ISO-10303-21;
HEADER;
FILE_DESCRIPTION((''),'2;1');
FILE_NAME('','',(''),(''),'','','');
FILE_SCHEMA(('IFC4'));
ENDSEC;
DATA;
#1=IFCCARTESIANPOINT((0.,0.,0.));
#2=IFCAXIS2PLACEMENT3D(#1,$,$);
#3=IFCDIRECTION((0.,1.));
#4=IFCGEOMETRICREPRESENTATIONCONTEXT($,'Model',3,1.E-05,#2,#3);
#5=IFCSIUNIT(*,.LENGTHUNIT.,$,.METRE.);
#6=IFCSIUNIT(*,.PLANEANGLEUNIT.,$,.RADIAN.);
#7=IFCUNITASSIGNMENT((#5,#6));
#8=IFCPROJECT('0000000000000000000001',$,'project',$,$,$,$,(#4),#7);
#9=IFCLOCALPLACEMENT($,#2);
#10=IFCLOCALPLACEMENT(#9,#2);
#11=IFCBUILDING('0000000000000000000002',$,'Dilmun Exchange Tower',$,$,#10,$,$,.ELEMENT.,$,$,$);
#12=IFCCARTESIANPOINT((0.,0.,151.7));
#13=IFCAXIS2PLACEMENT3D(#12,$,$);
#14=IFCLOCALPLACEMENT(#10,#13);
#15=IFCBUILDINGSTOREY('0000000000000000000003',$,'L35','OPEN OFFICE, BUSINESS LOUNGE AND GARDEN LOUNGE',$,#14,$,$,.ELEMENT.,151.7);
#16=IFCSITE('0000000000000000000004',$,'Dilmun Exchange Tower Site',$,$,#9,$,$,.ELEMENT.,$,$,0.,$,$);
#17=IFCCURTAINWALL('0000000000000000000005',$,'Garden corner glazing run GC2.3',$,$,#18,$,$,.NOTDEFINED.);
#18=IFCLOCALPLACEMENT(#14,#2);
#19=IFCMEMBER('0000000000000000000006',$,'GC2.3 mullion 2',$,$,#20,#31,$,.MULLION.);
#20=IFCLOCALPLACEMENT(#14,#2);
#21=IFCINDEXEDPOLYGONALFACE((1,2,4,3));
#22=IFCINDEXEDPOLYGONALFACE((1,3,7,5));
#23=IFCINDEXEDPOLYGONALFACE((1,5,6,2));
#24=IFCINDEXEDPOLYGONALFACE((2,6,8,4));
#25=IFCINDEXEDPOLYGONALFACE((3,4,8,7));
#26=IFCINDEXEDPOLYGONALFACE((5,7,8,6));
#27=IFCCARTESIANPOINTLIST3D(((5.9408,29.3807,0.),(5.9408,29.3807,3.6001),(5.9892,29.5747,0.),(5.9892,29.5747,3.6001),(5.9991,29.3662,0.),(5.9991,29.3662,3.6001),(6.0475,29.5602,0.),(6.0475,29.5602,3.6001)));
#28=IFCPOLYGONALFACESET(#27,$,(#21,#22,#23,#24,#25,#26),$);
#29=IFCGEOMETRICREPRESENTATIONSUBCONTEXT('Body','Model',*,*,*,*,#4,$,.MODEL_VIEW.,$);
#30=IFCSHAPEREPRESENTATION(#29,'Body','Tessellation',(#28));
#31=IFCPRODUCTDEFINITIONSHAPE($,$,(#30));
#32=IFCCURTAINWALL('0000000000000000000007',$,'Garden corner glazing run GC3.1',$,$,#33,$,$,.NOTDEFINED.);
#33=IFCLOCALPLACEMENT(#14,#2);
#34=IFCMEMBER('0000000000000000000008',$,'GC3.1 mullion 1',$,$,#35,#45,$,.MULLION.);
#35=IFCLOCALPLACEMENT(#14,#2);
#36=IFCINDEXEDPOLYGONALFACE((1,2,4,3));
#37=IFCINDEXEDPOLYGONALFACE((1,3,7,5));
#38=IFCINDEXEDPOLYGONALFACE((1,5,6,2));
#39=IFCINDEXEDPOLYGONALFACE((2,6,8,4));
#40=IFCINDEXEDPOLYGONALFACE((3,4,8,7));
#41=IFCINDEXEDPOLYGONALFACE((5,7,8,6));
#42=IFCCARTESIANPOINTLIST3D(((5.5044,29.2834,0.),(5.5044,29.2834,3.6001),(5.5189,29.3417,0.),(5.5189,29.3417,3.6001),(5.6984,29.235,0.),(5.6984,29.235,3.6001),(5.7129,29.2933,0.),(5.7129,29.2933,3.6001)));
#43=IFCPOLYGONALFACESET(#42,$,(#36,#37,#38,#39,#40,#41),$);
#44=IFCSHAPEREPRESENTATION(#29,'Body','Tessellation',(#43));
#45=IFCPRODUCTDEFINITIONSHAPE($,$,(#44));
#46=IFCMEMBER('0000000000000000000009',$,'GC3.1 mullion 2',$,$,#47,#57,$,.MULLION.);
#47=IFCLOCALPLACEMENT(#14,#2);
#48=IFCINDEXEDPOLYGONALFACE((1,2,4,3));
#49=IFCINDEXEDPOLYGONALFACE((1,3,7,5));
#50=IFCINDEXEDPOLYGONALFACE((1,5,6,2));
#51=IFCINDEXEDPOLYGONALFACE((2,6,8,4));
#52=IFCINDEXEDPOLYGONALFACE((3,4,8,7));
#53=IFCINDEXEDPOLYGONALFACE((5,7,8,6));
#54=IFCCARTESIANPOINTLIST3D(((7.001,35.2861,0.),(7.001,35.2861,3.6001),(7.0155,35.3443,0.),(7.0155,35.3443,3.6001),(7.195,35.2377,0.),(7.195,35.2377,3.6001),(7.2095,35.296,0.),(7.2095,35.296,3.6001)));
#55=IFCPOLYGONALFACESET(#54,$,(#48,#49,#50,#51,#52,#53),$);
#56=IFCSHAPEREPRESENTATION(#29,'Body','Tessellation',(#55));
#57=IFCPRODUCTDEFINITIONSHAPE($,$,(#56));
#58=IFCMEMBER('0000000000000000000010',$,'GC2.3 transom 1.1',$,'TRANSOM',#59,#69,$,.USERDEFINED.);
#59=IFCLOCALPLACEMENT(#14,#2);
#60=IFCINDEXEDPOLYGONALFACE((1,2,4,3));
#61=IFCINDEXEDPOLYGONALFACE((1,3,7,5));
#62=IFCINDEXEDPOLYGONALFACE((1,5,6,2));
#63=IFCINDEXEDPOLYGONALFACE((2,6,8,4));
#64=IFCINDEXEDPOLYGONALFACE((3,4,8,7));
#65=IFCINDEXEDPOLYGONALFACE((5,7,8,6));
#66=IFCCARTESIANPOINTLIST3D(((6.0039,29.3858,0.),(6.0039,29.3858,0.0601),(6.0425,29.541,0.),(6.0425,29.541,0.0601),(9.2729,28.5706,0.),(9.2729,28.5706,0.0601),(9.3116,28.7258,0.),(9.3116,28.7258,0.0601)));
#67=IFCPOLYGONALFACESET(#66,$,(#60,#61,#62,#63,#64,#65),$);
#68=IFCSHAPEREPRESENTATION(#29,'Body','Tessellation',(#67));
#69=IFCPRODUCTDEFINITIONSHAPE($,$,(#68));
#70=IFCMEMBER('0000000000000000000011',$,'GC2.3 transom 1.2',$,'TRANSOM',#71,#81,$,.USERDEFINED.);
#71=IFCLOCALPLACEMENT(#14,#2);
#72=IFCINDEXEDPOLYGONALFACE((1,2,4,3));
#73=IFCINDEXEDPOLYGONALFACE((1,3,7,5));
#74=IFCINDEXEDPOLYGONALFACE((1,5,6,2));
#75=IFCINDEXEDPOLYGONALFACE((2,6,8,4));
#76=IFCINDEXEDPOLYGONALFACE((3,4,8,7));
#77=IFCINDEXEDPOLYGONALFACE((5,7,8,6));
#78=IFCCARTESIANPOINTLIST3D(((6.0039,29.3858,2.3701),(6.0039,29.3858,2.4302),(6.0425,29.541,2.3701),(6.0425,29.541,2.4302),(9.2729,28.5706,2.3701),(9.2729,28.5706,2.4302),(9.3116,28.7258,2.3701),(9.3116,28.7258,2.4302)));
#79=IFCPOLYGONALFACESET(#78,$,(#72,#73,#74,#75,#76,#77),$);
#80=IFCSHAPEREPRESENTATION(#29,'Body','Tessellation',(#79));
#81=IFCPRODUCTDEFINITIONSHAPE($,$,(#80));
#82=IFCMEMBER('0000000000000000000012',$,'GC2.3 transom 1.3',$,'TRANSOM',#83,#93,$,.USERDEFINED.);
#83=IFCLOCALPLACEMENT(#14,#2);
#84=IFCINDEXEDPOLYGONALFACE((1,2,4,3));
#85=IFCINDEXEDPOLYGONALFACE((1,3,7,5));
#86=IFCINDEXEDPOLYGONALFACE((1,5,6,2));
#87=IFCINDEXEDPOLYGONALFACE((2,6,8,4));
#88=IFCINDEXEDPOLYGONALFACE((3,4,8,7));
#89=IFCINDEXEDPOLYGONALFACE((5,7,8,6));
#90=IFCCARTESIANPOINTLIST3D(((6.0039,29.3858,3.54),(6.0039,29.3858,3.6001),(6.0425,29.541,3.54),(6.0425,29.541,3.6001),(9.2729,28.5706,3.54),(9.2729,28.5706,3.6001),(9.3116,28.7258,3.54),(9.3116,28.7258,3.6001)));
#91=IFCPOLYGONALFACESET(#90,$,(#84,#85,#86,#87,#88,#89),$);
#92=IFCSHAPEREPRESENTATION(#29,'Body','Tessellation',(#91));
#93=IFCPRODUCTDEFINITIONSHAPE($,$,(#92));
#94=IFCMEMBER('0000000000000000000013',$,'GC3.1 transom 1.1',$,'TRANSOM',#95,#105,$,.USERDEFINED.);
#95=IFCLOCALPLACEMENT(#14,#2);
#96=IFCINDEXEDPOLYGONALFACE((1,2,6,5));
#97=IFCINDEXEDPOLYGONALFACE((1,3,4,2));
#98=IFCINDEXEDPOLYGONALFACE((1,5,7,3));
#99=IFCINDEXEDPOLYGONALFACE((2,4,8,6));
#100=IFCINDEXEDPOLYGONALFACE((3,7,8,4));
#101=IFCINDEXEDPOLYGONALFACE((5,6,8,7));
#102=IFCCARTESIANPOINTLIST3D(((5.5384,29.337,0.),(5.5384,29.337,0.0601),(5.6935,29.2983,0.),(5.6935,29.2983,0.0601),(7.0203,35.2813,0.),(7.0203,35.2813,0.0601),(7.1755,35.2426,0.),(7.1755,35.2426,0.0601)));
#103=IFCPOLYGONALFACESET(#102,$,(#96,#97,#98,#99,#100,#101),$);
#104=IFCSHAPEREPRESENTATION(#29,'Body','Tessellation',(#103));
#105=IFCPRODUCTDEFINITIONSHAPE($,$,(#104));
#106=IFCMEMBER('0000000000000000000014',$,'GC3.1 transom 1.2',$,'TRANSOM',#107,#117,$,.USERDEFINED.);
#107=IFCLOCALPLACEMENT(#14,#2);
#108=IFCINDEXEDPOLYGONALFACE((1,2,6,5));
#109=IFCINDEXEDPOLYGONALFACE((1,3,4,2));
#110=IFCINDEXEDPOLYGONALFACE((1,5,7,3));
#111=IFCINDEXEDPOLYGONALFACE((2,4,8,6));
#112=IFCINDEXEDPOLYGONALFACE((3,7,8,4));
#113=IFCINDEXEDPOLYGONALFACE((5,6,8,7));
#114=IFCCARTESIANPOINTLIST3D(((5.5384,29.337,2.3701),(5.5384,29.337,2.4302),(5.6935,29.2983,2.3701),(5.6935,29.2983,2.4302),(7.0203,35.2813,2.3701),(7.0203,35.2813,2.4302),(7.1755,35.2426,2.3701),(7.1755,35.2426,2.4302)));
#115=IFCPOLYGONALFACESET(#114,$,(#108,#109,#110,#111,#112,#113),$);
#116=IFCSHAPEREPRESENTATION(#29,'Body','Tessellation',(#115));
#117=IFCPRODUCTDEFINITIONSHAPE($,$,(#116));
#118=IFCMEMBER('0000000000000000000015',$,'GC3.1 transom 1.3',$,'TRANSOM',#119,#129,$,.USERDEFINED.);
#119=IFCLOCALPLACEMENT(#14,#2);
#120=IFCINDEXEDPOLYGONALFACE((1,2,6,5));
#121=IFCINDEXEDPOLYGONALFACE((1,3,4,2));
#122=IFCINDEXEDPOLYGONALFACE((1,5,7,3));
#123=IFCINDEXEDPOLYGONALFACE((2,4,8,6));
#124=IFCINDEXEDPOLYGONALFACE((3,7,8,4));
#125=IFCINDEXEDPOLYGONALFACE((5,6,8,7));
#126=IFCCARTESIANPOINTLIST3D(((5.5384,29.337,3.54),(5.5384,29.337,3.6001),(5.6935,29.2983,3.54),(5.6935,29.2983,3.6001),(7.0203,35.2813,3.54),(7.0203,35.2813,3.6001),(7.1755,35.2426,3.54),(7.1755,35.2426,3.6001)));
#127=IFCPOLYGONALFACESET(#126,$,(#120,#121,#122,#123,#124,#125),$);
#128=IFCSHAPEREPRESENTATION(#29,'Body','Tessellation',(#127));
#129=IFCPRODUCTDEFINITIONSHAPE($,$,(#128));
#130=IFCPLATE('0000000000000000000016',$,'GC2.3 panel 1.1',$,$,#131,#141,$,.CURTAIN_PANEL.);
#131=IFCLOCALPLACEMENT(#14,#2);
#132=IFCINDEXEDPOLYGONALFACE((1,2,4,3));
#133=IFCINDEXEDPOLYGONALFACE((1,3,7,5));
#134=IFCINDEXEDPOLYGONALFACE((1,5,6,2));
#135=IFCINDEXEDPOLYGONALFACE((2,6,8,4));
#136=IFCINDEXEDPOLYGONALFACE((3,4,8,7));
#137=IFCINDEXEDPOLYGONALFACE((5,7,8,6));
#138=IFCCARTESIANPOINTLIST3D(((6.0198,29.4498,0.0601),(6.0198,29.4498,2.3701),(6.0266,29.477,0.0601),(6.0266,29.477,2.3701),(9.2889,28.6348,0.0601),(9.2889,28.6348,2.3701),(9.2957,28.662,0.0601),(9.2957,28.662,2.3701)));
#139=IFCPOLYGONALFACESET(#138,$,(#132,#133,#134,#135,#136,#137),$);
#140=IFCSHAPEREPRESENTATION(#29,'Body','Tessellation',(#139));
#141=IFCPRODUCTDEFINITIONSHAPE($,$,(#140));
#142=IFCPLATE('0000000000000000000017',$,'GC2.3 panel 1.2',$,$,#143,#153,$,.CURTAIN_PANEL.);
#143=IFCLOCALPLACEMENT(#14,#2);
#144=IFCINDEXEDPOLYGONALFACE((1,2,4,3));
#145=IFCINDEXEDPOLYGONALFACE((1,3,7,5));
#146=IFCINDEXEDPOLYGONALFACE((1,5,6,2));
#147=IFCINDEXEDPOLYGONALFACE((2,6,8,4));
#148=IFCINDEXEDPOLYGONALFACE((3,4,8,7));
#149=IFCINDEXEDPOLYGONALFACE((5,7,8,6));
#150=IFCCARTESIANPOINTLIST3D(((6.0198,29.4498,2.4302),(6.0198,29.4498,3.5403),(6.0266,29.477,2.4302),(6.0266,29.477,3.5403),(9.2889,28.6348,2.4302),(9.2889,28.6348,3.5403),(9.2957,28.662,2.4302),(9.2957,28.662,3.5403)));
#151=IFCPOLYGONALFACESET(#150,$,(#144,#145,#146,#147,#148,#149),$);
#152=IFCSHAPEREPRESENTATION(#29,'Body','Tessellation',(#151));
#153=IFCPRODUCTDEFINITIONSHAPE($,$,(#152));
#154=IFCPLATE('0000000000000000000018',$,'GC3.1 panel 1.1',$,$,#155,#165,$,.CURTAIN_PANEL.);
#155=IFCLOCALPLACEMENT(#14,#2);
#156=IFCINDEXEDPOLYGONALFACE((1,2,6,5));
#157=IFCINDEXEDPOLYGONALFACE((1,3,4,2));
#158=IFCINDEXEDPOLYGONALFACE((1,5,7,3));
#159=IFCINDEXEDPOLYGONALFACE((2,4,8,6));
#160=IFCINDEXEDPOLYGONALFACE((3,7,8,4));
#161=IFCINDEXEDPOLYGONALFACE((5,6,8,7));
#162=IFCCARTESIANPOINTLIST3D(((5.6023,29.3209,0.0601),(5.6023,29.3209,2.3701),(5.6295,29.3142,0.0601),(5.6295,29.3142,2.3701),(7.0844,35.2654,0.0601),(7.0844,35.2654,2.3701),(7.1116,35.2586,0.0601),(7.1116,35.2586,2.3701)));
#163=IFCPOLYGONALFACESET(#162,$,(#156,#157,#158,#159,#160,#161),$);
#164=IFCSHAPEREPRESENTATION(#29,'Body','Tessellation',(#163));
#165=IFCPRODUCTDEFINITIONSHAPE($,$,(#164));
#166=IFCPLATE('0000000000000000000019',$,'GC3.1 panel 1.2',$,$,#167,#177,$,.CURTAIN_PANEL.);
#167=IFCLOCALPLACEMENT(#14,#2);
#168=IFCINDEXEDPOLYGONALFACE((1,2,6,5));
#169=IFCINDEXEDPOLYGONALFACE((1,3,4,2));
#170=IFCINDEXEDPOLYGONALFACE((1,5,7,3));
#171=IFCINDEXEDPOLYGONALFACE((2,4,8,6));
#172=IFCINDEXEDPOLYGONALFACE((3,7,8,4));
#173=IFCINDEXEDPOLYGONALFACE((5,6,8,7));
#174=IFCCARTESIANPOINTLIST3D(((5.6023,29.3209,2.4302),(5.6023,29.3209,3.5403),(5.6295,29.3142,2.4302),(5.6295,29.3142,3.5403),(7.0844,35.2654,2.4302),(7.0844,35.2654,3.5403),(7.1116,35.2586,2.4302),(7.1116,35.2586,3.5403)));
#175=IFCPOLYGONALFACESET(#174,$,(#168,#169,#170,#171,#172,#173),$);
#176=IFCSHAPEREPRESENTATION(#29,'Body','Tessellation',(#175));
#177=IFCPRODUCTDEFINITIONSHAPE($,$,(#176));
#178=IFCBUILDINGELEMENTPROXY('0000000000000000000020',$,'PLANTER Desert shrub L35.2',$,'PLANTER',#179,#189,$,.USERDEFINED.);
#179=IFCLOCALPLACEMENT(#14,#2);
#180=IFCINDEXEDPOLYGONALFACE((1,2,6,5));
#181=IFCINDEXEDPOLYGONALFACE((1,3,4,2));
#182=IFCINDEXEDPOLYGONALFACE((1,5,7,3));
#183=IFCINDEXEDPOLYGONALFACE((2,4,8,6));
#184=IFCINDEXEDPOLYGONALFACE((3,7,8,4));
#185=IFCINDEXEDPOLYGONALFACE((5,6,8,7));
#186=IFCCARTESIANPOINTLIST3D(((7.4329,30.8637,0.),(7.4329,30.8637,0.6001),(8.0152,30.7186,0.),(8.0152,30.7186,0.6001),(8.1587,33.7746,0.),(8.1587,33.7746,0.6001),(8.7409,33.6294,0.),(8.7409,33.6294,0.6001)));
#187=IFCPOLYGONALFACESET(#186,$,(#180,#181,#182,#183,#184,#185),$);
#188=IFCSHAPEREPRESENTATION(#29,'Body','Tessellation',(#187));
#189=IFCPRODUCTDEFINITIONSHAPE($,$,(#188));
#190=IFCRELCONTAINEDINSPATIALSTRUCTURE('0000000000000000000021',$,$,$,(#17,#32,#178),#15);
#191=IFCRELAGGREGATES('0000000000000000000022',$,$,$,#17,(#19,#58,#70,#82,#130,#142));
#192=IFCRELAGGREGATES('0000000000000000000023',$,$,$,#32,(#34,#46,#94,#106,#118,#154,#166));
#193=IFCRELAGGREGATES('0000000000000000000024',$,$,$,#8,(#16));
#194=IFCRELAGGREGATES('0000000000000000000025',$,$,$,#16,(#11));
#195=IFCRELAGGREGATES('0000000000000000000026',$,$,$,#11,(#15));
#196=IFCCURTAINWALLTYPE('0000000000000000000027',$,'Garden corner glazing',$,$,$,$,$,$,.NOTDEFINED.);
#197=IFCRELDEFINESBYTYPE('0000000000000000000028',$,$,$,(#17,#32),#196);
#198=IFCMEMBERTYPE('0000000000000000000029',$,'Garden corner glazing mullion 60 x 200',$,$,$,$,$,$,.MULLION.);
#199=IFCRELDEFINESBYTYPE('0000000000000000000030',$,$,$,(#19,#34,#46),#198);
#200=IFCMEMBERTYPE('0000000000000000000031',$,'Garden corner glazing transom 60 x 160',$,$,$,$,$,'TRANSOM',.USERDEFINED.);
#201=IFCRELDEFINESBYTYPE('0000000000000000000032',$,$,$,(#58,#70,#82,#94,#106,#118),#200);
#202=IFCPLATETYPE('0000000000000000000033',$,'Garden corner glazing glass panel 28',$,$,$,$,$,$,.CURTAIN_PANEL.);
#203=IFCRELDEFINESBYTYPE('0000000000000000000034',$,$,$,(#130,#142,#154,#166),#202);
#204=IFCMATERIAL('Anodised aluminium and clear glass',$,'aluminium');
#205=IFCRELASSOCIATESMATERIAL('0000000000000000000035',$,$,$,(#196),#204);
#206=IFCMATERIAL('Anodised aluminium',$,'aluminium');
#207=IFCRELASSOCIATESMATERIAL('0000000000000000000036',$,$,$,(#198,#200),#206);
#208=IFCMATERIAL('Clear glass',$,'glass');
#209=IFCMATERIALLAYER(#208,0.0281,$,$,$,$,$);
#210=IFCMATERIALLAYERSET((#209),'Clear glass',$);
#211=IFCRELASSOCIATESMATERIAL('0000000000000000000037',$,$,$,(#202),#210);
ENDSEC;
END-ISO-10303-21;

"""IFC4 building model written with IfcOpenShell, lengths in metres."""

from ifc_helpers import new_model, si_unit, direction, frame, origin, origin_2d, place, context, subcontext, project, spatial, rectangle, extrude, material, layer, layer_set, material_profile, profile_set, type_object, element, aggregate, save


model = new_model("IFC4")

# Units and contexts
model_context = context("Model", 3, precision=1e-05, world=origin(), true_north=direction((0.0, 1.0)))
body_context = subcontext(model_context, "Body", "Model", "MODEL_VIEW")
ifc_project = project(units=[si_unit("LENGTHUNIT", "METRE"), si_unit("PLANEANGLEUNIT", "RADIAN")], contexts=[model_context])

# Site, building, storey
site_placement = place(None, origin())
site = spatial("IfcSite", under=ifc_project, at=site_placement, Name="Dilmun Exchange Tower Site", CompositionType="ELEMENT", RefElevation=0.0)
building_placement = place(site_placement, origin())
building = spatial("IfcBuilding", under=site, at=building_placement, Name="Dilmun Exchange Tower", CompositionType="ELEMENT")
storey_placement = place(building_placement, frame((0.0, 0.0, 151.7)))
storey = spatial("IfcBuildingStorey", under=building, at=storey_placement, Name="L35", Description="OPEN OFFICE, BUSINESS LOUNGE AND GARDEN LOUNGE", CompositionType="ELEMENT", Elevation=151.7)

# Curtain wall, member
ifc_material_1 = material(Name="Anodised aluminium and clear glass", Category="aluminium")
curtain_wall_type = type_object("IfcCurtainWallType", Name="Garden corner glazing", PredefinedType="NOTDEFINED", material=ifc_material_1)
curtain_wall_1_placement = place(storey_placement, origin())
curtain_wall_1 = element("IfcCurtainWall", 1, at=curtain_wall_1_placement, inside=storey, type_object=curtain_wall_type, Name="Garden corner glazing run GC2.3", PredefinedType="NOTDEFINED")
ifc_material_2 = material(Name="Anodised aluminium", Category="aluminium")
ifc_material_profile_1 = material_profile(ifc_material_2, rectangle(XDim=0.2, YDim=0.0601, at=origin_2d()), Name="AL 60x200")
ifc_profile_set_1 = profile_set([ifc_material_profile_1], Name="Anodised aluminium")
member_type_1 = type_object("IfcMemberType", Name="Garden corner glazing mullion 60 x 200", PredefinedType="MULLION", material=ifc_profile_set_1)
member_1_placement = place(storey_placement, frame((5.9941, 29.4705, 0.0), z_axis=(0.0, 0.0, 1.0), x_axis=(-0.241895, -0.970302, 0.0)))
member_1 = element("IfcMember", 2, at=member_1_placement, type_object=member_type_1, Name="GC2.3 mullion 2", PredefinedType="MULLION", context=body_context, shape_type="SweptSolid", body=[
    extrude(rectangle(XDim=0.2, YDim=0.0601, at=origin_2d()), origin(), (0.0, 0.0, 1.0), 3.6001),
])

# Curtain wall, members
curtain_wall_2_placement = place(storey_placement, origin())
curtain_wall_2 = element("IfcCurtainWall", 3, at=curtain_wall_2_placement, inside=storey, type_object=curtain_wall_type, Name="Garden corner glazing run GC3.1", PredefinedType="NOTDEFINED")
member_2_placement = place(storey_placement, frame((5.6086, 29.2883, 0.0), z_axis=(0.0, 0.0, 1.0), x_axis=(-0.970298, 0.241914, 0.0)))
member_2 = element("IfcMember", 4, at=member_2_placement, type_object=member_type_1, Name="GC3.1 mullion 1", PredefinedType="MULLION", context=body_context, shape_type="SweptSolid", body=[
    extrude(rectangle(XDim=0.2, YDim=0.0601, at=origin_2d()), origin(), (0.0, 0.0, 1.0), 3.6001),
])
member_3_placement = place(storey_placement, frame((7.1052, 35.291, 0.0), z_axis=(0.0, 0.0, 1.0), x_axis=(-0.970298, 0.241914, 0.0)))
member_3 = element("IfcMember", 5, at=member_3_placement, type_object=member_type_1, Name="GC3.1 mullion 2", PredefinedType="MULLION", context=body_context, shape_type="SweptSolid", body=[
    extrude(rectangle(XDim=0.2, YDim=0.0601, at=origin_2d()), origin(), (0.0, 0.0, 1.0), 3.6001),
])

# Members
ifc_material_profile_2 = material_profile(ifc_material_2, rectangle(XDim=0.1599, YDim=0.0601, at=origin_2d()), Name="AL 60x160")
ifc_profile_set_2 = profile_set([ifc_material_profile_2], Name="Anodised aluminium")
member_type_2 = type_object("IfcMemberType", Name="Garden corner glazing transom 60 x 160", ElementType="TRANSOM", PredefinedType="USERDEFINED", material=ifc_profile_set_2)
member_4_placement = place(storey_placement, frame((9.2922, 28.6482, 0.03), z_axis=(-0.970287, 0.241956, 0.0), x_axis=(-0.241956, -0.970287, 0.0)))
member_4 = element("IfcMember", 6, at=member_4_placement, type_object=member_type_2, Name="GC2.3 transom 1.1", ObjectType="TRANSOM", PredefinedType="USERDEFINED", context=body_context, shape_type="SweptSolid", body=[
    extrude(rectangle(XDim=0.1599, YDim=0.0601, at=origin_2d()), origin(), (0.0, 0.0, 1.0), 3.3691),
])
member_5_placement = place(storey_placement, frame((9.2922, 28.6482, 2.4001), z_axis=(-0.970287, 0.241956, 0.0), x_axis=(-0.241956, -0.970287, 0.0)))
member_5 = element("IfcMember", 7, at=member_5_placement, type_object=member_type_2, Name="GC2.3 transom 1.2", ObjectType="TRANSOM", PredefinedType="USERDEFINED", context=body_context, shape_type="SweptSolid", body=[
    extrude(rectangle(XDim=0.1599, YDim=0.0601, at=origin_2d()), origin(), (0.0, 0.0, 1.0), 3.3691),
])
member_6_placement = place(storey_placement, frame((9.2922, 28.6482, 3.5701), z_axis=(-0.970287, 0.241956, 0.0), x_axis=(-0.241956, -0.970287, 0.0)))
member_6 = element("IfcMember", 8, at=member_6_placement, type_object=member_type_2, Name="GC2.3 transom 1.3", ObjectType="TRANSOM", PredefinedType="USERDEFINED", context=body_context, shape_type="SweptSolid", body=[
    extrude(rectangle(XDim=0.1599, YDim=0.0601, at=origin_2d()), origin(), (0.0, 0.0, 1.0), 3.3691),
])
member_7_placement = place(storey_placement, frame((5.616, 29.3176, 0.03), z_axis=(0.241898, 0.970302, 0.0), x_axis=(-0.970302, 0.241898, 0.0)))
member_7 = element("IfcMember", 9, at=member_7_placement, type_object=member_type_2, Name="GC3.1 transom 1.1", ObjectType="TRANSOM", PredefinedType="USERDEFINED", context=body_context, shape_type="SweptSolid", body=[
    extrude(rectangle(XDim=0.1599, YDim=0.0601, at=origin_2d()), origin(), (0.0, 0.0, 1.0), 6.1262),
])
member_8_placement = place(storey_placement, frame((5.616, 29.3176, 2.4001), z_axis=(0.241898, 0.970302, 0.0), x_axis=(-0.970302, 0.241898, 0.0)))
member_8 = element("IfcMember", 10, at=member_8_placement, type_object=member_type_2, Name="GC3.1 transom 1.2", ObjectType="TRANSOM", PredefinedType="USERDEFINED", context=body_context, shape_type="SweptSolid", body=[
    extrude(rectangle(XDim=0.1599, YDim=0.0601, at=origin_2d()), origin(), (0.0, 0.0, 1.0), 6.1262),
])
member_9_placement = place(storey_placement, frame((5.616, 29.3176, 3.5701), z_axis=(0.241898, 0.970302, 0.0), x_axis=(-0.970302, 0.241898, 0.0)))
member_9 = element("IfcMember", 11, at=member_9_placement, type_object=member_type_2, Name="GC3.1 transom 1.3", ObjectType="TRANSOM", PredefinedType="USERDEFINED", context=body_context, shape_type="SweptSolid", body=[
    extrude(rectangle(XDim=0.1599, YDim=0.0601, at=origin_2d()), origin(), (0.0, 0.0, 1.0), 6.1262),
])

# Plates
ifc_material_3 = material(Name="Clear glass", Category="glass")
ifc_layer_1 = layer(ifc_material_3, 0.0281)
ifc_layer_set_1 = layer_set([ifc_layer_1], Name="Clear glass")
plate_type = type_object("IfcPlateType", Name="Garden corner glazing glass panel 28", PredefinedType="CURTAIN_PANEL", material=ifc_layer_set_1)
plate_1_placement = place(storey_placement, frame((7.6577, 29.0559, 0.0601), z_axis=(0.0, 0.0, 1.0), x_axis=(-0.970302, 0.241895, 0.0)))
plate_1 = element("IfcPlate", 12, at=plate_1_placement, type_object=plate_type, Name="GC2.3 panel 1.1", PredefinedType="CURTAIN_PANEL", context=body_context, shape_type="SweptSolid", body=[
    extrude(rectangle(XDim=3.3691, YDim=0.0281, at=origin_2d()), origin(), (0.0, 0.0, 1.0), 2.3101),
])
plate_2_placement = place(storey_placement, frame((7.6577, 29.0559, 2.4302), z_axis=(0.0, 0.0, 1.0), x_axis=(-0.970302, 0.241895, 0.0)))
plate_2 = element("IfcPlate", 13, at=plate_2_placement, type_object=plate_type, Name="GC2.3 panel 1.2", PredefinedType="CURTAIN_PANEL", context=body_context, shape_type="SweptSolid", body=[
    extrude(rectangle(XDim=3.3691, YDim=0.0281, at=origin_2d()), origin(), (0.0, 0.0, 1.0), 1.1101),
])
aggregate(curtain_wall_1, [member_1, member_4, member_5, member_6, plate_1, plate_2])
plate_3_placement = place(storey_placement, frame((6.3569, 32.2898, 0.0601), z_axis=(0.0, 0.0, 1.0), x_axis=(0.241914, 0.970298, 0.0)))
plate_3 = element("IfcPlate", 14, at=plate_3_placement, type_object=plate_type, Name="GC3.1 panel 1.1", PredefinedType="CURTAIN_PANEL", context=body_context, shape_type="SweptSolid", body=[
    extrude(rectangle(XDim=6.1265, YDim=0.0281, at=origin_2d()), origin(), (0.0, 0.0, 1.0), 2.3101),
])
plate_4_placement = place(storey_placement, frame((6.3569, 32.2898, 2.4302), z_axis=(0.0, 0.0, 1.0), x_axis=(0.241914, 0.970298, 0.0)))
plate_4 = element("IfcPlate", 15, at=plate_4_placement, type_object=plate_type, Name="GC3.1 panel 1.2", PredefinedType="CURTAIN_PANEL", context=body_context, shape_type="SweptSolid", body=[
    extrude(rectangle(XDim=6.1265, YDim=0.0281, at=origin_2d()), origin(), (0.0, 0.0, 1.0), 1.1101),
])
aggregate(curtain_wall_2, [member_2, member_3, member_7, member_8, member_9, plate_3, plate_4])

# Building element proxy
proxy_placement = place(storey_placement, frame((8.0869, 32.2466, 0.0), z_axis=(0.0, 0.0, 1.0), x_axis=(0.241922, 0.970296, 0.0)))
element("IfcBuildingElementProxy", 16, at=proxy_placement, inside=storey, Name="PLANTER Desert shrub L35.2", ObjectType="PLANTER", PredefinedType="USERDEFINED", context=body_context, shape_type="SweptSolid", body=[
    extrude(rectangle(XDim=3.0, YDim=0.6001, at=origin_2d()), origin(), (0.0, 0.0, 1.0), 0.6001),
])

save(model, "model.ifc")
